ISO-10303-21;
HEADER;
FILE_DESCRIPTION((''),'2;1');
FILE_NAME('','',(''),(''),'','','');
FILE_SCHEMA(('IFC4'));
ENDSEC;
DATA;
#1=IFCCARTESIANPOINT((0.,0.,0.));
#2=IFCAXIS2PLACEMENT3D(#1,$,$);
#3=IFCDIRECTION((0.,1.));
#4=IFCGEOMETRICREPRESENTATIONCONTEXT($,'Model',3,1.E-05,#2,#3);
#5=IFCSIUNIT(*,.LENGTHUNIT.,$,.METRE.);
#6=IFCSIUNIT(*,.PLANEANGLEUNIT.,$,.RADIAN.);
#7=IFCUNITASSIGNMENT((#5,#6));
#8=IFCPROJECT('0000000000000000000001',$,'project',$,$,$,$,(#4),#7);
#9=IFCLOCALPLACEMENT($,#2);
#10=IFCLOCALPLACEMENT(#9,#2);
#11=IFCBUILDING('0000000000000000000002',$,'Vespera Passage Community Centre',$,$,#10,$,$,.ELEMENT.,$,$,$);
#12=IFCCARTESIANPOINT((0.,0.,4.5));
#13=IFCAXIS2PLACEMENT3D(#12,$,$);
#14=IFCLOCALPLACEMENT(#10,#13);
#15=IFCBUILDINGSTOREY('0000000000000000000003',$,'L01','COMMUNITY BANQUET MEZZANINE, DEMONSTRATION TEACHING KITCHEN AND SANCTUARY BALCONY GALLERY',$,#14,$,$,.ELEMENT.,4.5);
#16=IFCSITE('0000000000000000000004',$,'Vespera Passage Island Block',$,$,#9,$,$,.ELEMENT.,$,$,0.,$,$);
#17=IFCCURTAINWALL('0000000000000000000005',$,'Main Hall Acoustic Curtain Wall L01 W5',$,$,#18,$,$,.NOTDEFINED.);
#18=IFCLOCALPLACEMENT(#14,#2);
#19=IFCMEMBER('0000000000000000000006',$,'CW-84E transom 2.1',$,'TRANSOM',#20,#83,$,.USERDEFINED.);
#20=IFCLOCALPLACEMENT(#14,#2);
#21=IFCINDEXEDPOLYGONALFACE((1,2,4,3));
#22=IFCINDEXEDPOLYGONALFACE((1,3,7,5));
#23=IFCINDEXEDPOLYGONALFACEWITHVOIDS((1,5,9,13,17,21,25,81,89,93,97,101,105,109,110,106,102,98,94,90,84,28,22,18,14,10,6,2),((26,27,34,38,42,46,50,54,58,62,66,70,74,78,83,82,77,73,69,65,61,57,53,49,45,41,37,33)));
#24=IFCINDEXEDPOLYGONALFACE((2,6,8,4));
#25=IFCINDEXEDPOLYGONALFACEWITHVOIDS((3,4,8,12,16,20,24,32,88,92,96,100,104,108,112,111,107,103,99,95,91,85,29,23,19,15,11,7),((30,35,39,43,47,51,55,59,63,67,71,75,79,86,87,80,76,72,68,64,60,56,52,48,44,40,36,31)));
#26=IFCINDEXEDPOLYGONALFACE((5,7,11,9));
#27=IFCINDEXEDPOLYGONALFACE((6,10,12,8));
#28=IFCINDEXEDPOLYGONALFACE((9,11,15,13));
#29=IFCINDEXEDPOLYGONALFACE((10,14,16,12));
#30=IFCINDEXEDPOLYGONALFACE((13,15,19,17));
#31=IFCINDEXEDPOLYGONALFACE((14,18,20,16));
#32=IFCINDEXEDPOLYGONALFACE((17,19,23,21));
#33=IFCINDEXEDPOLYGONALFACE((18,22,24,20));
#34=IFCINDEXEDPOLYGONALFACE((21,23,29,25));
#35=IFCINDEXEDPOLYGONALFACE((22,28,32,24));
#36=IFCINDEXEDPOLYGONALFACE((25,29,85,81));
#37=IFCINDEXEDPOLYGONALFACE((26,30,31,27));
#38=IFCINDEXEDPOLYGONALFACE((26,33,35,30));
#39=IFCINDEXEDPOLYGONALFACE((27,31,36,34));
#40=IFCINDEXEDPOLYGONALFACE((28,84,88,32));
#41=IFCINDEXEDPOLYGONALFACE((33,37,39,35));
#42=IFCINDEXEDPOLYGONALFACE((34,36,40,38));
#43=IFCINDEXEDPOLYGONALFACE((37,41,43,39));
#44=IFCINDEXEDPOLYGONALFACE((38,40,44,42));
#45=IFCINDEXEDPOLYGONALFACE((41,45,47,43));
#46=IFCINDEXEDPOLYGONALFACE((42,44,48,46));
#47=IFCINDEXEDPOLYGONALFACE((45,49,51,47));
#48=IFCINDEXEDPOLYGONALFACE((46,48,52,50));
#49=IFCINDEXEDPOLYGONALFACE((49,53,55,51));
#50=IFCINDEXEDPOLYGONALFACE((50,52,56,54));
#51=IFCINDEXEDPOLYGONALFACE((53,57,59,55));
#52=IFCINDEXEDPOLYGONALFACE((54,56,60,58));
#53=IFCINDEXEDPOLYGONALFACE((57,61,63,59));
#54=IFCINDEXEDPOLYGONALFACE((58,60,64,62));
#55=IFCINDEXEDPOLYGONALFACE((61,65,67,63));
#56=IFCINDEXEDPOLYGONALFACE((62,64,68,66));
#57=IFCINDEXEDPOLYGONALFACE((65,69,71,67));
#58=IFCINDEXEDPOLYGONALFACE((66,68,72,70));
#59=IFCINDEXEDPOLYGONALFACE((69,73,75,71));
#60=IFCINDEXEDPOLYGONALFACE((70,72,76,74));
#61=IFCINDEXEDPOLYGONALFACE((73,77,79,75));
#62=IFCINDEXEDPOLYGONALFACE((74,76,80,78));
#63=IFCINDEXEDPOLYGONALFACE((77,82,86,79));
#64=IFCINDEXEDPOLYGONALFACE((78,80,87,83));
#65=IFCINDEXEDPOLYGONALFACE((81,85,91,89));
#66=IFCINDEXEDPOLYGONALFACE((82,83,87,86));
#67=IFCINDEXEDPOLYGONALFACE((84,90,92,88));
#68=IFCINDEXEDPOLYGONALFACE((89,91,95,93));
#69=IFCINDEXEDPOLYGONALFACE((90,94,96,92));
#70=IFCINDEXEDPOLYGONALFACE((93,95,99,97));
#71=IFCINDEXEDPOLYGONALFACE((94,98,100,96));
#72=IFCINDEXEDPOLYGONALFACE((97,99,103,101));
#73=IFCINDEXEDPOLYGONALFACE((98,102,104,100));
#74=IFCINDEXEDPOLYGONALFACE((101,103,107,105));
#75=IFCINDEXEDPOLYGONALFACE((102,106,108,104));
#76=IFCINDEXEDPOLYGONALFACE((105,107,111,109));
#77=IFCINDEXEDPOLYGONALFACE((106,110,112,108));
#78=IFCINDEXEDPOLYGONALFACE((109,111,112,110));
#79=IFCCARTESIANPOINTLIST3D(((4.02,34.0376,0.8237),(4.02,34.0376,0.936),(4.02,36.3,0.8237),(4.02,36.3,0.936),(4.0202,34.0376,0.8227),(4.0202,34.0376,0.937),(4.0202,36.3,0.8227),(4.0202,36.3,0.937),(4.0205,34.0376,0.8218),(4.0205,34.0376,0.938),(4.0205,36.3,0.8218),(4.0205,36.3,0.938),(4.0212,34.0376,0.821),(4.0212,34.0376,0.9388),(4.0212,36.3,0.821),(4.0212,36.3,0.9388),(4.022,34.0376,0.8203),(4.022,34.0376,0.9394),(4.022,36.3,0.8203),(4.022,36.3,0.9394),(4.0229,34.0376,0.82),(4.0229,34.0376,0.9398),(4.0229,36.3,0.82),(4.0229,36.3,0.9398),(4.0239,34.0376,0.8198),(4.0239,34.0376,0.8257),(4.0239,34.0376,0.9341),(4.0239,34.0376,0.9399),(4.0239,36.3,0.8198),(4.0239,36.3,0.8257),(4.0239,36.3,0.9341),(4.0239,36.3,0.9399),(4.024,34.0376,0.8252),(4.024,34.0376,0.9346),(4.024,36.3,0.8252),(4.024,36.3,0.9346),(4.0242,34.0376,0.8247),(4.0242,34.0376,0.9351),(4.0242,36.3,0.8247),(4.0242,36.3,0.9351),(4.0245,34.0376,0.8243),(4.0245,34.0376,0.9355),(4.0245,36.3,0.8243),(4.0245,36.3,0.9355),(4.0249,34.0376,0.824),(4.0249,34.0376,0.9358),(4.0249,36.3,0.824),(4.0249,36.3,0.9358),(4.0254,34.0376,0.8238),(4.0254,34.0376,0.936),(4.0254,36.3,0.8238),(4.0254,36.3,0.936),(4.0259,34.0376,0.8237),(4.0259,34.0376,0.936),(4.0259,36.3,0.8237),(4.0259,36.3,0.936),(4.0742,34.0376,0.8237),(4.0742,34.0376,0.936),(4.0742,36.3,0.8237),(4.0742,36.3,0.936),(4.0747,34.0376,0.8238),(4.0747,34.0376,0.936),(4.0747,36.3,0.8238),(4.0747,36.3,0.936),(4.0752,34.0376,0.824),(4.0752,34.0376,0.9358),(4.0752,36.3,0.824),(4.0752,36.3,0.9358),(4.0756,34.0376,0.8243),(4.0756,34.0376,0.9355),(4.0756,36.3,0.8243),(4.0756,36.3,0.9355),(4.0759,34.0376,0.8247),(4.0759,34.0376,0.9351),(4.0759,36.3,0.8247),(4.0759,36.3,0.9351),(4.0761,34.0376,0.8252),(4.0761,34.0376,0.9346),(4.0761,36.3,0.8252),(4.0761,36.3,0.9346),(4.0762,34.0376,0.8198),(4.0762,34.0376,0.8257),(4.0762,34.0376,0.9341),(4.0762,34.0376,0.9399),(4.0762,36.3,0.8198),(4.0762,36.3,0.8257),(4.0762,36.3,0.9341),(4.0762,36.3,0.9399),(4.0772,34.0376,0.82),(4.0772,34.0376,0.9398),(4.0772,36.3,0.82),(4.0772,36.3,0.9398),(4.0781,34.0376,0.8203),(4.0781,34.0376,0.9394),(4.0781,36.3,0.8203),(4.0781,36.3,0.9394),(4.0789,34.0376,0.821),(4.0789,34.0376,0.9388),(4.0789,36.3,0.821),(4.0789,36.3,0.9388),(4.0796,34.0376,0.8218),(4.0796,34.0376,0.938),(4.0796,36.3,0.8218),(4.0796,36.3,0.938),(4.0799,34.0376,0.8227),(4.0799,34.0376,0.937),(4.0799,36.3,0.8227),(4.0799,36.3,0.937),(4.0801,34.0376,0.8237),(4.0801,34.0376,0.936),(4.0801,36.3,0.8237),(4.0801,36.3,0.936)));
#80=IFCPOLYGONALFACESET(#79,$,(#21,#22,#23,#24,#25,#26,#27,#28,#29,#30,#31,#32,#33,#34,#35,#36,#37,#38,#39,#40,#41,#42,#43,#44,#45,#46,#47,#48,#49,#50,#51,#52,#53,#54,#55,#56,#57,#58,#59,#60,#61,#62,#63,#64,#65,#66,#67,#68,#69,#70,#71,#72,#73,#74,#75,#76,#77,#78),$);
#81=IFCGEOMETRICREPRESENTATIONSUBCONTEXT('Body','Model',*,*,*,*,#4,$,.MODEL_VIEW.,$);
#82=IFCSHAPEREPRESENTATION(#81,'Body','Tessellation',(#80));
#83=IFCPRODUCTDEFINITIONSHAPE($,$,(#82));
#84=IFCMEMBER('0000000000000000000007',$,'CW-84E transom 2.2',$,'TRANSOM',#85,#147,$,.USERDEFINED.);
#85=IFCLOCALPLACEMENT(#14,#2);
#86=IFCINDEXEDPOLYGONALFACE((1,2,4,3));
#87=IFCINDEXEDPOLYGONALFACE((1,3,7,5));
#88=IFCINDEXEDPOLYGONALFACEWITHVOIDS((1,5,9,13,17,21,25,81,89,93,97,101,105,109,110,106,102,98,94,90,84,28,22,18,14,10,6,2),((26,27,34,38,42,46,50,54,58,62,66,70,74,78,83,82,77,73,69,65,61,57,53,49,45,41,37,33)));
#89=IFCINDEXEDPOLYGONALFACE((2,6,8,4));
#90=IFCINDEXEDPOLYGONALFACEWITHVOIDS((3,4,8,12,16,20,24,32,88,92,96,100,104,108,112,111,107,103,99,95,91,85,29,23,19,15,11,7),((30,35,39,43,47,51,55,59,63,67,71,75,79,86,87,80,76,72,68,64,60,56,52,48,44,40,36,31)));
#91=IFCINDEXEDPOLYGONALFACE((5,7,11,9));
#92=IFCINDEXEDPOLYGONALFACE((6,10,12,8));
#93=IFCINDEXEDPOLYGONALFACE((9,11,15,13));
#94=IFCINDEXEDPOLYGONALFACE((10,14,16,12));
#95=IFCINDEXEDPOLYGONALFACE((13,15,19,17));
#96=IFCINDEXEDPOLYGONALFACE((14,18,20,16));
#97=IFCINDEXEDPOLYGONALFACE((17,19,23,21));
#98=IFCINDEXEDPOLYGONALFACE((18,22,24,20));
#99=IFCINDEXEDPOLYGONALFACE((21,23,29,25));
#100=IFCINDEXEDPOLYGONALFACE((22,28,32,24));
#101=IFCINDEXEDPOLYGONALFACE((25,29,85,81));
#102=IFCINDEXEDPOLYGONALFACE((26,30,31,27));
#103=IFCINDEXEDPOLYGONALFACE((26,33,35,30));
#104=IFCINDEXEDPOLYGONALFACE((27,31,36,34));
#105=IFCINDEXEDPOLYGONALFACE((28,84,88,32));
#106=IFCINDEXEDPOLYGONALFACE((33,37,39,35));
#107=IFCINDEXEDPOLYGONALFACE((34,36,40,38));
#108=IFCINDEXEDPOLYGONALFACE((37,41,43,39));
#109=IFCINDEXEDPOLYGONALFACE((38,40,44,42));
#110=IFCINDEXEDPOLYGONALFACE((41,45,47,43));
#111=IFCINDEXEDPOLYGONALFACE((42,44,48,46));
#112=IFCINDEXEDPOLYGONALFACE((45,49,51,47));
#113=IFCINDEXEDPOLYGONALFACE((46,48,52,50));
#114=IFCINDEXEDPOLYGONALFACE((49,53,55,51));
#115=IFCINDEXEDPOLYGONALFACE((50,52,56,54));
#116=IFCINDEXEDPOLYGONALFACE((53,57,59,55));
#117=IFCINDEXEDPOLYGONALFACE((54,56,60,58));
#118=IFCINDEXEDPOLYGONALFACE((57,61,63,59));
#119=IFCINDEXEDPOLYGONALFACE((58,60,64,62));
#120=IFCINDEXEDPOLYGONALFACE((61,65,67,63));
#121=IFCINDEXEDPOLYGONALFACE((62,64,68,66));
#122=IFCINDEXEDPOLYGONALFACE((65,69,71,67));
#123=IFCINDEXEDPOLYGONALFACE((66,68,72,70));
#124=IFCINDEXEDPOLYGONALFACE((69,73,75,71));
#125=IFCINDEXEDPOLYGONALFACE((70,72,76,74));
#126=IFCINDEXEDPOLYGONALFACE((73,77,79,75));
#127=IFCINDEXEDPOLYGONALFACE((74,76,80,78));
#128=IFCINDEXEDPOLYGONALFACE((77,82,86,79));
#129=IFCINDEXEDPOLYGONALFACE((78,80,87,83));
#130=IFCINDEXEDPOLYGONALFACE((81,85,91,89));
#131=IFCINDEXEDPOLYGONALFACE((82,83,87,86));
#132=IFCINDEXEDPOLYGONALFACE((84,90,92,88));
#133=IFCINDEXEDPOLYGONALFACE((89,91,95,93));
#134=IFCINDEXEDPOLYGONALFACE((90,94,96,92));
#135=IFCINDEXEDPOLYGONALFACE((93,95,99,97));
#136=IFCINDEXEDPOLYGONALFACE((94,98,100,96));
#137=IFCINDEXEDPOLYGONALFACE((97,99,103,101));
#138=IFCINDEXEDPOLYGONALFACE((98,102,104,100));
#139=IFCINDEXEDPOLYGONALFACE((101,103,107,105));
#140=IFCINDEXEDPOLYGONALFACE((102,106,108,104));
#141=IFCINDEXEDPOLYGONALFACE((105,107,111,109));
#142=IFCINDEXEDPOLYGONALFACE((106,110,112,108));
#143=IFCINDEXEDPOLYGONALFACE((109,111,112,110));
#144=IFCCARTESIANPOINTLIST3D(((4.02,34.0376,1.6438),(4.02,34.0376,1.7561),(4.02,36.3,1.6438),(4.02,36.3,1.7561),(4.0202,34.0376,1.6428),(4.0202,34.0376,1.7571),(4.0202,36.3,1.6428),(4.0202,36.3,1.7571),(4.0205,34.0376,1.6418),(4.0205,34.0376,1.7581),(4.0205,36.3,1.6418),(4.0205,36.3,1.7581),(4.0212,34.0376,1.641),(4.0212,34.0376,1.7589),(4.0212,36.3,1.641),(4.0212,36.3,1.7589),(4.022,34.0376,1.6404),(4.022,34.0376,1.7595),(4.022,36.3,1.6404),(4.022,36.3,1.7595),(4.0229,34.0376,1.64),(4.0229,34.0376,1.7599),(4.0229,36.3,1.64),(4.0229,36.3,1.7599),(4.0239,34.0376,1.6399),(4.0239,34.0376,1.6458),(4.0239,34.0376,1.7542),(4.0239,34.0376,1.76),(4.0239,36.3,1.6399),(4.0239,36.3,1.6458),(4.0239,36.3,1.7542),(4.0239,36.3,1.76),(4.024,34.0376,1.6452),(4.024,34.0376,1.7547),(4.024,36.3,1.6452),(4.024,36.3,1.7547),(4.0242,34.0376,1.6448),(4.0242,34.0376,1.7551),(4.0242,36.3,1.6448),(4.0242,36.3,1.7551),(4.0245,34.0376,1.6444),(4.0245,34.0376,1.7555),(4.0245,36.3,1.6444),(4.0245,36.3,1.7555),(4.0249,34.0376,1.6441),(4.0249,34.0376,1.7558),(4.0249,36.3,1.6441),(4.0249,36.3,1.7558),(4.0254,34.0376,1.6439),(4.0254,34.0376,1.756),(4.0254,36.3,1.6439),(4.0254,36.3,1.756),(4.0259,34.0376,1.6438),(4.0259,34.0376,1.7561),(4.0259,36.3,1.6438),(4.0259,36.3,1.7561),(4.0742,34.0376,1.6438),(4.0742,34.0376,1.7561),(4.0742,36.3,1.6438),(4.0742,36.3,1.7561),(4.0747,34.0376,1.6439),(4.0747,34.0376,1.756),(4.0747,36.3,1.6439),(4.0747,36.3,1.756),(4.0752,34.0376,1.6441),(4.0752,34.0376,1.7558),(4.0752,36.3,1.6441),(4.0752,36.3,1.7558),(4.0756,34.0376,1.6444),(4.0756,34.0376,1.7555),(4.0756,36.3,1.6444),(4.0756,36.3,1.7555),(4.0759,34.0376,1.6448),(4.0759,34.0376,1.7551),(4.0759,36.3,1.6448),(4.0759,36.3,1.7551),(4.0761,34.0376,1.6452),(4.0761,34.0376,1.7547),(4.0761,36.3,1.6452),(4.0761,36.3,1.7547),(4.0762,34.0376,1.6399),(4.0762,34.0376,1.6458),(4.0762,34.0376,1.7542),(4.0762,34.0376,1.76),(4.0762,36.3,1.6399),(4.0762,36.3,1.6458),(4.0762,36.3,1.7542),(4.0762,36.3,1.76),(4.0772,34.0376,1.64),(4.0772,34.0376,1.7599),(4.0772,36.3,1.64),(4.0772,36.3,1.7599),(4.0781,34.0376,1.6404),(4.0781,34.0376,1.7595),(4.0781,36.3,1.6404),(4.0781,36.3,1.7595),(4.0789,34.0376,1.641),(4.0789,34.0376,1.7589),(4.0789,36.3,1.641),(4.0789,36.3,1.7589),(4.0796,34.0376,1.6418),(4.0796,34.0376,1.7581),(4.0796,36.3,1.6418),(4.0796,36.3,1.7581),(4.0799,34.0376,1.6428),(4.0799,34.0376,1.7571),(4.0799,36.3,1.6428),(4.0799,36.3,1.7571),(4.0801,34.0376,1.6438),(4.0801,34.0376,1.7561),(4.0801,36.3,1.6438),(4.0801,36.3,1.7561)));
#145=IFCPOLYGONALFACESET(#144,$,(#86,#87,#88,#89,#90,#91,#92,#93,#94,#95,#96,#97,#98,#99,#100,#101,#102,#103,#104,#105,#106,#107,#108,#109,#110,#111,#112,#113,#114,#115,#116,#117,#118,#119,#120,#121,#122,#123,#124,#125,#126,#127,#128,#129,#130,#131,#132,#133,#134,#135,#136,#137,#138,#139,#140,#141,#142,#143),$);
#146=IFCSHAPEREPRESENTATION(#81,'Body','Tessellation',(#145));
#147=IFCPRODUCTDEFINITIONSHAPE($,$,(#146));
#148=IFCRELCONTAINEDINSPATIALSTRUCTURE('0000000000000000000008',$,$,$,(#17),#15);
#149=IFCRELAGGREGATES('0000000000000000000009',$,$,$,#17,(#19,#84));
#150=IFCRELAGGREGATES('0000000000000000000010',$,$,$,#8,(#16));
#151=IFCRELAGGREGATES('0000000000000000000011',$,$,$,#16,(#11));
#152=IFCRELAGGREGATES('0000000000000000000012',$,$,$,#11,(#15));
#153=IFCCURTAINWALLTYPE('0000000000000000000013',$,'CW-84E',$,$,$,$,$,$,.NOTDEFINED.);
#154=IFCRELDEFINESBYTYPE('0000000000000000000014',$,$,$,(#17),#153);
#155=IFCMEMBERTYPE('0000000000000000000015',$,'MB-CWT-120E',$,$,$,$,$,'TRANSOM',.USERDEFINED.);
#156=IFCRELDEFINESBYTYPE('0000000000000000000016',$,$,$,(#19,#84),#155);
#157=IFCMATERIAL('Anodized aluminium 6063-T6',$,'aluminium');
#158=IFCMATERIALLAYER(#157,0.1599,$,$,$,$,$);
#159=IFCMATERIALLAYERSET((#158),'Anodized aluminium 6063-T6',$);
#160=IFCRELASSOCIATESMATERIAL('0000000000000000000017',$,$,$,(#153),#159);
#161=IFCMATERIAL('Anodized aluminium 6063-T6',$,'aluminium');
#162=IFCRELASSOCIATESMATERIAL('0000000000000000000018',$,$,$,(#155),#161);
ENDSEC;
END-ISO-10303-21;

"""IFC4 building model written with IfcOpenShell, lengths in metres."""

from ifc_helpers import new_model, si_unit, direction, frame, origin, origin_2d, place, context, subcontext, project, spatial, hollow_rectangle, extrude, material, layer, layer_set, material_profile, profile_set, type_object, element, aggregate, save


model = new_model("IFC4")

# Units and contexts
model_context = context("Model", 3, precision=1e-05, world=origin(), true_north=direction((0.0, 1.0)))
body_context = subcontext(model_context, "Body", "Model", "MODEL_VIEW")
ifc_project = project(units=[si_unit("LENGTHUNIT", "METRE"), si_unit("PLANEANGLEUNIT", "RADIAN")], contexts=[model_context])

# Site, building, storey
site_placement = place(None, origin())
site = spatial("IfcSite", under=ifc_project, at=site_placement, Name="Vespera Passage Island Block", CompositionType="ELEMENT", RefElevation=0.0)
building_placement = place(site_placement, origin())
building = spatial("IfcBuilding", under=site, at=building_placement, Name="Vespera Passage Community Centre", CompositionType="ELEMENT")
storey_placement = place(building_placement, frame((0.0, 0.0, 4.5)))
storey = spatial("IfcBuildingStorey", under=building, at=storey_placement, Name="L01", Description="COMMUNITY BANQUET MEZZANINE, DEMONSTRATION TEACHING KITCHEN AND SANCTUARY BALCONY GALLERY", CompositionType="ELEMENT", Elevation=4.5)

# Curtain wall
ifc_material_1 = material(Name="Anodized aluminium 6063-T6", Category="aluminium")
ifc_layer_1 = layer(ifc_material_1, 0.1599)
ifc_layer_set_1 = layer_set([ifc_layer_1], Name="Anodized aluminium 6063-T6")
curtain_wall_type = type_object("IfcCurtainWallType", Name="CW-84E", PredefinedType="NOTDEFINED", material=ifc_layer_set_1)
curtain_wall_1_placement = place(storey_placement, origin())
curtain_wall_1 = element("IfcCurtainWall", 1, at=curtain_wall_1_placement, inside=storey, type_object=curtain_wall_type, Name="Main Hall Acoustic Curtain Wall L01 W5", PredefinedType="NOTDEFINED")

# Members
ifc_material_2 = material(Name="Anodized aluminium 6063-T6", Category="aluminium")
ifc_material_profile_1 = material_profile(ifc_material_2, hollow_rectangle(XDim=0.0601, YDim=0.1201, WallThickness=0.0039, InnerFilletRadius=0.002, OuterFilletRadius=0.0039, at=origin_2d()), Name="ALU120X60X4")
ifc_profile_set_1 = profile_set([ifc_material_profile_1], Name="Anodized aluminium 6063-T6")
member_type_1 = type_object("IfcMemberType", Name="MB-CWT-120E", ElementType="TRANSOM", PredefinedType="USERDEFINED", material=ifc_profile_set_1)
member_1_placement = place(storey_placement, frame((4.05, 34.0376, 0.8799), z_axis=(0.0, 1.0, 0.0), x_axis=(-1.0, 0.0, 0.0)))
member_1 = element("IfcMember", 2, at=member_1_placement, type_object=member_type_1, Name="CW-84E transom 2.1", ObjectType="TRANSOM", PredefinedType="USERDEFINED", context=body_context, shape_type="SweptSolid", body=[
    extrude(hollow_rectangle(XDim=0.0601, YDim=0.1201, WallThickness=0.0039, InnerFilletRadius=0.002, OuterFilletRadius=0.0039, at=origin_2d()), origin(), (0.0, 0.0, 1.0), 2.2625),
])
member_2_placement = place(storey_placement, frame((4.05, 34.0376, 1.7), z_axis=(0.0, 1.0, 0.0), x_axis=(-1.0, 0.0, 0.0)))
member_2 = element("IfcMember", 3, at=member_2_placement, type_object=member_type_1, Name="CW-84E transom 2.2", ObjectType="TRANSOM", PredefinedType="USERDEFINED", context=body_context, shape_type="SweptSolid", body=[
    extrude(hollow_rectangle(XDim=0.0601, YDim=0.1201, WallThickness=0.0039, InnerFilletRadius=0.002, OuterFilletRadius=0.0039, at=origin_2d()), origin(), (0.0, 0.0, 1.0), 2.2625),
])

aggregate(curtain_wall_1, [member_1, member_2])

save(model, "model.ifc")
